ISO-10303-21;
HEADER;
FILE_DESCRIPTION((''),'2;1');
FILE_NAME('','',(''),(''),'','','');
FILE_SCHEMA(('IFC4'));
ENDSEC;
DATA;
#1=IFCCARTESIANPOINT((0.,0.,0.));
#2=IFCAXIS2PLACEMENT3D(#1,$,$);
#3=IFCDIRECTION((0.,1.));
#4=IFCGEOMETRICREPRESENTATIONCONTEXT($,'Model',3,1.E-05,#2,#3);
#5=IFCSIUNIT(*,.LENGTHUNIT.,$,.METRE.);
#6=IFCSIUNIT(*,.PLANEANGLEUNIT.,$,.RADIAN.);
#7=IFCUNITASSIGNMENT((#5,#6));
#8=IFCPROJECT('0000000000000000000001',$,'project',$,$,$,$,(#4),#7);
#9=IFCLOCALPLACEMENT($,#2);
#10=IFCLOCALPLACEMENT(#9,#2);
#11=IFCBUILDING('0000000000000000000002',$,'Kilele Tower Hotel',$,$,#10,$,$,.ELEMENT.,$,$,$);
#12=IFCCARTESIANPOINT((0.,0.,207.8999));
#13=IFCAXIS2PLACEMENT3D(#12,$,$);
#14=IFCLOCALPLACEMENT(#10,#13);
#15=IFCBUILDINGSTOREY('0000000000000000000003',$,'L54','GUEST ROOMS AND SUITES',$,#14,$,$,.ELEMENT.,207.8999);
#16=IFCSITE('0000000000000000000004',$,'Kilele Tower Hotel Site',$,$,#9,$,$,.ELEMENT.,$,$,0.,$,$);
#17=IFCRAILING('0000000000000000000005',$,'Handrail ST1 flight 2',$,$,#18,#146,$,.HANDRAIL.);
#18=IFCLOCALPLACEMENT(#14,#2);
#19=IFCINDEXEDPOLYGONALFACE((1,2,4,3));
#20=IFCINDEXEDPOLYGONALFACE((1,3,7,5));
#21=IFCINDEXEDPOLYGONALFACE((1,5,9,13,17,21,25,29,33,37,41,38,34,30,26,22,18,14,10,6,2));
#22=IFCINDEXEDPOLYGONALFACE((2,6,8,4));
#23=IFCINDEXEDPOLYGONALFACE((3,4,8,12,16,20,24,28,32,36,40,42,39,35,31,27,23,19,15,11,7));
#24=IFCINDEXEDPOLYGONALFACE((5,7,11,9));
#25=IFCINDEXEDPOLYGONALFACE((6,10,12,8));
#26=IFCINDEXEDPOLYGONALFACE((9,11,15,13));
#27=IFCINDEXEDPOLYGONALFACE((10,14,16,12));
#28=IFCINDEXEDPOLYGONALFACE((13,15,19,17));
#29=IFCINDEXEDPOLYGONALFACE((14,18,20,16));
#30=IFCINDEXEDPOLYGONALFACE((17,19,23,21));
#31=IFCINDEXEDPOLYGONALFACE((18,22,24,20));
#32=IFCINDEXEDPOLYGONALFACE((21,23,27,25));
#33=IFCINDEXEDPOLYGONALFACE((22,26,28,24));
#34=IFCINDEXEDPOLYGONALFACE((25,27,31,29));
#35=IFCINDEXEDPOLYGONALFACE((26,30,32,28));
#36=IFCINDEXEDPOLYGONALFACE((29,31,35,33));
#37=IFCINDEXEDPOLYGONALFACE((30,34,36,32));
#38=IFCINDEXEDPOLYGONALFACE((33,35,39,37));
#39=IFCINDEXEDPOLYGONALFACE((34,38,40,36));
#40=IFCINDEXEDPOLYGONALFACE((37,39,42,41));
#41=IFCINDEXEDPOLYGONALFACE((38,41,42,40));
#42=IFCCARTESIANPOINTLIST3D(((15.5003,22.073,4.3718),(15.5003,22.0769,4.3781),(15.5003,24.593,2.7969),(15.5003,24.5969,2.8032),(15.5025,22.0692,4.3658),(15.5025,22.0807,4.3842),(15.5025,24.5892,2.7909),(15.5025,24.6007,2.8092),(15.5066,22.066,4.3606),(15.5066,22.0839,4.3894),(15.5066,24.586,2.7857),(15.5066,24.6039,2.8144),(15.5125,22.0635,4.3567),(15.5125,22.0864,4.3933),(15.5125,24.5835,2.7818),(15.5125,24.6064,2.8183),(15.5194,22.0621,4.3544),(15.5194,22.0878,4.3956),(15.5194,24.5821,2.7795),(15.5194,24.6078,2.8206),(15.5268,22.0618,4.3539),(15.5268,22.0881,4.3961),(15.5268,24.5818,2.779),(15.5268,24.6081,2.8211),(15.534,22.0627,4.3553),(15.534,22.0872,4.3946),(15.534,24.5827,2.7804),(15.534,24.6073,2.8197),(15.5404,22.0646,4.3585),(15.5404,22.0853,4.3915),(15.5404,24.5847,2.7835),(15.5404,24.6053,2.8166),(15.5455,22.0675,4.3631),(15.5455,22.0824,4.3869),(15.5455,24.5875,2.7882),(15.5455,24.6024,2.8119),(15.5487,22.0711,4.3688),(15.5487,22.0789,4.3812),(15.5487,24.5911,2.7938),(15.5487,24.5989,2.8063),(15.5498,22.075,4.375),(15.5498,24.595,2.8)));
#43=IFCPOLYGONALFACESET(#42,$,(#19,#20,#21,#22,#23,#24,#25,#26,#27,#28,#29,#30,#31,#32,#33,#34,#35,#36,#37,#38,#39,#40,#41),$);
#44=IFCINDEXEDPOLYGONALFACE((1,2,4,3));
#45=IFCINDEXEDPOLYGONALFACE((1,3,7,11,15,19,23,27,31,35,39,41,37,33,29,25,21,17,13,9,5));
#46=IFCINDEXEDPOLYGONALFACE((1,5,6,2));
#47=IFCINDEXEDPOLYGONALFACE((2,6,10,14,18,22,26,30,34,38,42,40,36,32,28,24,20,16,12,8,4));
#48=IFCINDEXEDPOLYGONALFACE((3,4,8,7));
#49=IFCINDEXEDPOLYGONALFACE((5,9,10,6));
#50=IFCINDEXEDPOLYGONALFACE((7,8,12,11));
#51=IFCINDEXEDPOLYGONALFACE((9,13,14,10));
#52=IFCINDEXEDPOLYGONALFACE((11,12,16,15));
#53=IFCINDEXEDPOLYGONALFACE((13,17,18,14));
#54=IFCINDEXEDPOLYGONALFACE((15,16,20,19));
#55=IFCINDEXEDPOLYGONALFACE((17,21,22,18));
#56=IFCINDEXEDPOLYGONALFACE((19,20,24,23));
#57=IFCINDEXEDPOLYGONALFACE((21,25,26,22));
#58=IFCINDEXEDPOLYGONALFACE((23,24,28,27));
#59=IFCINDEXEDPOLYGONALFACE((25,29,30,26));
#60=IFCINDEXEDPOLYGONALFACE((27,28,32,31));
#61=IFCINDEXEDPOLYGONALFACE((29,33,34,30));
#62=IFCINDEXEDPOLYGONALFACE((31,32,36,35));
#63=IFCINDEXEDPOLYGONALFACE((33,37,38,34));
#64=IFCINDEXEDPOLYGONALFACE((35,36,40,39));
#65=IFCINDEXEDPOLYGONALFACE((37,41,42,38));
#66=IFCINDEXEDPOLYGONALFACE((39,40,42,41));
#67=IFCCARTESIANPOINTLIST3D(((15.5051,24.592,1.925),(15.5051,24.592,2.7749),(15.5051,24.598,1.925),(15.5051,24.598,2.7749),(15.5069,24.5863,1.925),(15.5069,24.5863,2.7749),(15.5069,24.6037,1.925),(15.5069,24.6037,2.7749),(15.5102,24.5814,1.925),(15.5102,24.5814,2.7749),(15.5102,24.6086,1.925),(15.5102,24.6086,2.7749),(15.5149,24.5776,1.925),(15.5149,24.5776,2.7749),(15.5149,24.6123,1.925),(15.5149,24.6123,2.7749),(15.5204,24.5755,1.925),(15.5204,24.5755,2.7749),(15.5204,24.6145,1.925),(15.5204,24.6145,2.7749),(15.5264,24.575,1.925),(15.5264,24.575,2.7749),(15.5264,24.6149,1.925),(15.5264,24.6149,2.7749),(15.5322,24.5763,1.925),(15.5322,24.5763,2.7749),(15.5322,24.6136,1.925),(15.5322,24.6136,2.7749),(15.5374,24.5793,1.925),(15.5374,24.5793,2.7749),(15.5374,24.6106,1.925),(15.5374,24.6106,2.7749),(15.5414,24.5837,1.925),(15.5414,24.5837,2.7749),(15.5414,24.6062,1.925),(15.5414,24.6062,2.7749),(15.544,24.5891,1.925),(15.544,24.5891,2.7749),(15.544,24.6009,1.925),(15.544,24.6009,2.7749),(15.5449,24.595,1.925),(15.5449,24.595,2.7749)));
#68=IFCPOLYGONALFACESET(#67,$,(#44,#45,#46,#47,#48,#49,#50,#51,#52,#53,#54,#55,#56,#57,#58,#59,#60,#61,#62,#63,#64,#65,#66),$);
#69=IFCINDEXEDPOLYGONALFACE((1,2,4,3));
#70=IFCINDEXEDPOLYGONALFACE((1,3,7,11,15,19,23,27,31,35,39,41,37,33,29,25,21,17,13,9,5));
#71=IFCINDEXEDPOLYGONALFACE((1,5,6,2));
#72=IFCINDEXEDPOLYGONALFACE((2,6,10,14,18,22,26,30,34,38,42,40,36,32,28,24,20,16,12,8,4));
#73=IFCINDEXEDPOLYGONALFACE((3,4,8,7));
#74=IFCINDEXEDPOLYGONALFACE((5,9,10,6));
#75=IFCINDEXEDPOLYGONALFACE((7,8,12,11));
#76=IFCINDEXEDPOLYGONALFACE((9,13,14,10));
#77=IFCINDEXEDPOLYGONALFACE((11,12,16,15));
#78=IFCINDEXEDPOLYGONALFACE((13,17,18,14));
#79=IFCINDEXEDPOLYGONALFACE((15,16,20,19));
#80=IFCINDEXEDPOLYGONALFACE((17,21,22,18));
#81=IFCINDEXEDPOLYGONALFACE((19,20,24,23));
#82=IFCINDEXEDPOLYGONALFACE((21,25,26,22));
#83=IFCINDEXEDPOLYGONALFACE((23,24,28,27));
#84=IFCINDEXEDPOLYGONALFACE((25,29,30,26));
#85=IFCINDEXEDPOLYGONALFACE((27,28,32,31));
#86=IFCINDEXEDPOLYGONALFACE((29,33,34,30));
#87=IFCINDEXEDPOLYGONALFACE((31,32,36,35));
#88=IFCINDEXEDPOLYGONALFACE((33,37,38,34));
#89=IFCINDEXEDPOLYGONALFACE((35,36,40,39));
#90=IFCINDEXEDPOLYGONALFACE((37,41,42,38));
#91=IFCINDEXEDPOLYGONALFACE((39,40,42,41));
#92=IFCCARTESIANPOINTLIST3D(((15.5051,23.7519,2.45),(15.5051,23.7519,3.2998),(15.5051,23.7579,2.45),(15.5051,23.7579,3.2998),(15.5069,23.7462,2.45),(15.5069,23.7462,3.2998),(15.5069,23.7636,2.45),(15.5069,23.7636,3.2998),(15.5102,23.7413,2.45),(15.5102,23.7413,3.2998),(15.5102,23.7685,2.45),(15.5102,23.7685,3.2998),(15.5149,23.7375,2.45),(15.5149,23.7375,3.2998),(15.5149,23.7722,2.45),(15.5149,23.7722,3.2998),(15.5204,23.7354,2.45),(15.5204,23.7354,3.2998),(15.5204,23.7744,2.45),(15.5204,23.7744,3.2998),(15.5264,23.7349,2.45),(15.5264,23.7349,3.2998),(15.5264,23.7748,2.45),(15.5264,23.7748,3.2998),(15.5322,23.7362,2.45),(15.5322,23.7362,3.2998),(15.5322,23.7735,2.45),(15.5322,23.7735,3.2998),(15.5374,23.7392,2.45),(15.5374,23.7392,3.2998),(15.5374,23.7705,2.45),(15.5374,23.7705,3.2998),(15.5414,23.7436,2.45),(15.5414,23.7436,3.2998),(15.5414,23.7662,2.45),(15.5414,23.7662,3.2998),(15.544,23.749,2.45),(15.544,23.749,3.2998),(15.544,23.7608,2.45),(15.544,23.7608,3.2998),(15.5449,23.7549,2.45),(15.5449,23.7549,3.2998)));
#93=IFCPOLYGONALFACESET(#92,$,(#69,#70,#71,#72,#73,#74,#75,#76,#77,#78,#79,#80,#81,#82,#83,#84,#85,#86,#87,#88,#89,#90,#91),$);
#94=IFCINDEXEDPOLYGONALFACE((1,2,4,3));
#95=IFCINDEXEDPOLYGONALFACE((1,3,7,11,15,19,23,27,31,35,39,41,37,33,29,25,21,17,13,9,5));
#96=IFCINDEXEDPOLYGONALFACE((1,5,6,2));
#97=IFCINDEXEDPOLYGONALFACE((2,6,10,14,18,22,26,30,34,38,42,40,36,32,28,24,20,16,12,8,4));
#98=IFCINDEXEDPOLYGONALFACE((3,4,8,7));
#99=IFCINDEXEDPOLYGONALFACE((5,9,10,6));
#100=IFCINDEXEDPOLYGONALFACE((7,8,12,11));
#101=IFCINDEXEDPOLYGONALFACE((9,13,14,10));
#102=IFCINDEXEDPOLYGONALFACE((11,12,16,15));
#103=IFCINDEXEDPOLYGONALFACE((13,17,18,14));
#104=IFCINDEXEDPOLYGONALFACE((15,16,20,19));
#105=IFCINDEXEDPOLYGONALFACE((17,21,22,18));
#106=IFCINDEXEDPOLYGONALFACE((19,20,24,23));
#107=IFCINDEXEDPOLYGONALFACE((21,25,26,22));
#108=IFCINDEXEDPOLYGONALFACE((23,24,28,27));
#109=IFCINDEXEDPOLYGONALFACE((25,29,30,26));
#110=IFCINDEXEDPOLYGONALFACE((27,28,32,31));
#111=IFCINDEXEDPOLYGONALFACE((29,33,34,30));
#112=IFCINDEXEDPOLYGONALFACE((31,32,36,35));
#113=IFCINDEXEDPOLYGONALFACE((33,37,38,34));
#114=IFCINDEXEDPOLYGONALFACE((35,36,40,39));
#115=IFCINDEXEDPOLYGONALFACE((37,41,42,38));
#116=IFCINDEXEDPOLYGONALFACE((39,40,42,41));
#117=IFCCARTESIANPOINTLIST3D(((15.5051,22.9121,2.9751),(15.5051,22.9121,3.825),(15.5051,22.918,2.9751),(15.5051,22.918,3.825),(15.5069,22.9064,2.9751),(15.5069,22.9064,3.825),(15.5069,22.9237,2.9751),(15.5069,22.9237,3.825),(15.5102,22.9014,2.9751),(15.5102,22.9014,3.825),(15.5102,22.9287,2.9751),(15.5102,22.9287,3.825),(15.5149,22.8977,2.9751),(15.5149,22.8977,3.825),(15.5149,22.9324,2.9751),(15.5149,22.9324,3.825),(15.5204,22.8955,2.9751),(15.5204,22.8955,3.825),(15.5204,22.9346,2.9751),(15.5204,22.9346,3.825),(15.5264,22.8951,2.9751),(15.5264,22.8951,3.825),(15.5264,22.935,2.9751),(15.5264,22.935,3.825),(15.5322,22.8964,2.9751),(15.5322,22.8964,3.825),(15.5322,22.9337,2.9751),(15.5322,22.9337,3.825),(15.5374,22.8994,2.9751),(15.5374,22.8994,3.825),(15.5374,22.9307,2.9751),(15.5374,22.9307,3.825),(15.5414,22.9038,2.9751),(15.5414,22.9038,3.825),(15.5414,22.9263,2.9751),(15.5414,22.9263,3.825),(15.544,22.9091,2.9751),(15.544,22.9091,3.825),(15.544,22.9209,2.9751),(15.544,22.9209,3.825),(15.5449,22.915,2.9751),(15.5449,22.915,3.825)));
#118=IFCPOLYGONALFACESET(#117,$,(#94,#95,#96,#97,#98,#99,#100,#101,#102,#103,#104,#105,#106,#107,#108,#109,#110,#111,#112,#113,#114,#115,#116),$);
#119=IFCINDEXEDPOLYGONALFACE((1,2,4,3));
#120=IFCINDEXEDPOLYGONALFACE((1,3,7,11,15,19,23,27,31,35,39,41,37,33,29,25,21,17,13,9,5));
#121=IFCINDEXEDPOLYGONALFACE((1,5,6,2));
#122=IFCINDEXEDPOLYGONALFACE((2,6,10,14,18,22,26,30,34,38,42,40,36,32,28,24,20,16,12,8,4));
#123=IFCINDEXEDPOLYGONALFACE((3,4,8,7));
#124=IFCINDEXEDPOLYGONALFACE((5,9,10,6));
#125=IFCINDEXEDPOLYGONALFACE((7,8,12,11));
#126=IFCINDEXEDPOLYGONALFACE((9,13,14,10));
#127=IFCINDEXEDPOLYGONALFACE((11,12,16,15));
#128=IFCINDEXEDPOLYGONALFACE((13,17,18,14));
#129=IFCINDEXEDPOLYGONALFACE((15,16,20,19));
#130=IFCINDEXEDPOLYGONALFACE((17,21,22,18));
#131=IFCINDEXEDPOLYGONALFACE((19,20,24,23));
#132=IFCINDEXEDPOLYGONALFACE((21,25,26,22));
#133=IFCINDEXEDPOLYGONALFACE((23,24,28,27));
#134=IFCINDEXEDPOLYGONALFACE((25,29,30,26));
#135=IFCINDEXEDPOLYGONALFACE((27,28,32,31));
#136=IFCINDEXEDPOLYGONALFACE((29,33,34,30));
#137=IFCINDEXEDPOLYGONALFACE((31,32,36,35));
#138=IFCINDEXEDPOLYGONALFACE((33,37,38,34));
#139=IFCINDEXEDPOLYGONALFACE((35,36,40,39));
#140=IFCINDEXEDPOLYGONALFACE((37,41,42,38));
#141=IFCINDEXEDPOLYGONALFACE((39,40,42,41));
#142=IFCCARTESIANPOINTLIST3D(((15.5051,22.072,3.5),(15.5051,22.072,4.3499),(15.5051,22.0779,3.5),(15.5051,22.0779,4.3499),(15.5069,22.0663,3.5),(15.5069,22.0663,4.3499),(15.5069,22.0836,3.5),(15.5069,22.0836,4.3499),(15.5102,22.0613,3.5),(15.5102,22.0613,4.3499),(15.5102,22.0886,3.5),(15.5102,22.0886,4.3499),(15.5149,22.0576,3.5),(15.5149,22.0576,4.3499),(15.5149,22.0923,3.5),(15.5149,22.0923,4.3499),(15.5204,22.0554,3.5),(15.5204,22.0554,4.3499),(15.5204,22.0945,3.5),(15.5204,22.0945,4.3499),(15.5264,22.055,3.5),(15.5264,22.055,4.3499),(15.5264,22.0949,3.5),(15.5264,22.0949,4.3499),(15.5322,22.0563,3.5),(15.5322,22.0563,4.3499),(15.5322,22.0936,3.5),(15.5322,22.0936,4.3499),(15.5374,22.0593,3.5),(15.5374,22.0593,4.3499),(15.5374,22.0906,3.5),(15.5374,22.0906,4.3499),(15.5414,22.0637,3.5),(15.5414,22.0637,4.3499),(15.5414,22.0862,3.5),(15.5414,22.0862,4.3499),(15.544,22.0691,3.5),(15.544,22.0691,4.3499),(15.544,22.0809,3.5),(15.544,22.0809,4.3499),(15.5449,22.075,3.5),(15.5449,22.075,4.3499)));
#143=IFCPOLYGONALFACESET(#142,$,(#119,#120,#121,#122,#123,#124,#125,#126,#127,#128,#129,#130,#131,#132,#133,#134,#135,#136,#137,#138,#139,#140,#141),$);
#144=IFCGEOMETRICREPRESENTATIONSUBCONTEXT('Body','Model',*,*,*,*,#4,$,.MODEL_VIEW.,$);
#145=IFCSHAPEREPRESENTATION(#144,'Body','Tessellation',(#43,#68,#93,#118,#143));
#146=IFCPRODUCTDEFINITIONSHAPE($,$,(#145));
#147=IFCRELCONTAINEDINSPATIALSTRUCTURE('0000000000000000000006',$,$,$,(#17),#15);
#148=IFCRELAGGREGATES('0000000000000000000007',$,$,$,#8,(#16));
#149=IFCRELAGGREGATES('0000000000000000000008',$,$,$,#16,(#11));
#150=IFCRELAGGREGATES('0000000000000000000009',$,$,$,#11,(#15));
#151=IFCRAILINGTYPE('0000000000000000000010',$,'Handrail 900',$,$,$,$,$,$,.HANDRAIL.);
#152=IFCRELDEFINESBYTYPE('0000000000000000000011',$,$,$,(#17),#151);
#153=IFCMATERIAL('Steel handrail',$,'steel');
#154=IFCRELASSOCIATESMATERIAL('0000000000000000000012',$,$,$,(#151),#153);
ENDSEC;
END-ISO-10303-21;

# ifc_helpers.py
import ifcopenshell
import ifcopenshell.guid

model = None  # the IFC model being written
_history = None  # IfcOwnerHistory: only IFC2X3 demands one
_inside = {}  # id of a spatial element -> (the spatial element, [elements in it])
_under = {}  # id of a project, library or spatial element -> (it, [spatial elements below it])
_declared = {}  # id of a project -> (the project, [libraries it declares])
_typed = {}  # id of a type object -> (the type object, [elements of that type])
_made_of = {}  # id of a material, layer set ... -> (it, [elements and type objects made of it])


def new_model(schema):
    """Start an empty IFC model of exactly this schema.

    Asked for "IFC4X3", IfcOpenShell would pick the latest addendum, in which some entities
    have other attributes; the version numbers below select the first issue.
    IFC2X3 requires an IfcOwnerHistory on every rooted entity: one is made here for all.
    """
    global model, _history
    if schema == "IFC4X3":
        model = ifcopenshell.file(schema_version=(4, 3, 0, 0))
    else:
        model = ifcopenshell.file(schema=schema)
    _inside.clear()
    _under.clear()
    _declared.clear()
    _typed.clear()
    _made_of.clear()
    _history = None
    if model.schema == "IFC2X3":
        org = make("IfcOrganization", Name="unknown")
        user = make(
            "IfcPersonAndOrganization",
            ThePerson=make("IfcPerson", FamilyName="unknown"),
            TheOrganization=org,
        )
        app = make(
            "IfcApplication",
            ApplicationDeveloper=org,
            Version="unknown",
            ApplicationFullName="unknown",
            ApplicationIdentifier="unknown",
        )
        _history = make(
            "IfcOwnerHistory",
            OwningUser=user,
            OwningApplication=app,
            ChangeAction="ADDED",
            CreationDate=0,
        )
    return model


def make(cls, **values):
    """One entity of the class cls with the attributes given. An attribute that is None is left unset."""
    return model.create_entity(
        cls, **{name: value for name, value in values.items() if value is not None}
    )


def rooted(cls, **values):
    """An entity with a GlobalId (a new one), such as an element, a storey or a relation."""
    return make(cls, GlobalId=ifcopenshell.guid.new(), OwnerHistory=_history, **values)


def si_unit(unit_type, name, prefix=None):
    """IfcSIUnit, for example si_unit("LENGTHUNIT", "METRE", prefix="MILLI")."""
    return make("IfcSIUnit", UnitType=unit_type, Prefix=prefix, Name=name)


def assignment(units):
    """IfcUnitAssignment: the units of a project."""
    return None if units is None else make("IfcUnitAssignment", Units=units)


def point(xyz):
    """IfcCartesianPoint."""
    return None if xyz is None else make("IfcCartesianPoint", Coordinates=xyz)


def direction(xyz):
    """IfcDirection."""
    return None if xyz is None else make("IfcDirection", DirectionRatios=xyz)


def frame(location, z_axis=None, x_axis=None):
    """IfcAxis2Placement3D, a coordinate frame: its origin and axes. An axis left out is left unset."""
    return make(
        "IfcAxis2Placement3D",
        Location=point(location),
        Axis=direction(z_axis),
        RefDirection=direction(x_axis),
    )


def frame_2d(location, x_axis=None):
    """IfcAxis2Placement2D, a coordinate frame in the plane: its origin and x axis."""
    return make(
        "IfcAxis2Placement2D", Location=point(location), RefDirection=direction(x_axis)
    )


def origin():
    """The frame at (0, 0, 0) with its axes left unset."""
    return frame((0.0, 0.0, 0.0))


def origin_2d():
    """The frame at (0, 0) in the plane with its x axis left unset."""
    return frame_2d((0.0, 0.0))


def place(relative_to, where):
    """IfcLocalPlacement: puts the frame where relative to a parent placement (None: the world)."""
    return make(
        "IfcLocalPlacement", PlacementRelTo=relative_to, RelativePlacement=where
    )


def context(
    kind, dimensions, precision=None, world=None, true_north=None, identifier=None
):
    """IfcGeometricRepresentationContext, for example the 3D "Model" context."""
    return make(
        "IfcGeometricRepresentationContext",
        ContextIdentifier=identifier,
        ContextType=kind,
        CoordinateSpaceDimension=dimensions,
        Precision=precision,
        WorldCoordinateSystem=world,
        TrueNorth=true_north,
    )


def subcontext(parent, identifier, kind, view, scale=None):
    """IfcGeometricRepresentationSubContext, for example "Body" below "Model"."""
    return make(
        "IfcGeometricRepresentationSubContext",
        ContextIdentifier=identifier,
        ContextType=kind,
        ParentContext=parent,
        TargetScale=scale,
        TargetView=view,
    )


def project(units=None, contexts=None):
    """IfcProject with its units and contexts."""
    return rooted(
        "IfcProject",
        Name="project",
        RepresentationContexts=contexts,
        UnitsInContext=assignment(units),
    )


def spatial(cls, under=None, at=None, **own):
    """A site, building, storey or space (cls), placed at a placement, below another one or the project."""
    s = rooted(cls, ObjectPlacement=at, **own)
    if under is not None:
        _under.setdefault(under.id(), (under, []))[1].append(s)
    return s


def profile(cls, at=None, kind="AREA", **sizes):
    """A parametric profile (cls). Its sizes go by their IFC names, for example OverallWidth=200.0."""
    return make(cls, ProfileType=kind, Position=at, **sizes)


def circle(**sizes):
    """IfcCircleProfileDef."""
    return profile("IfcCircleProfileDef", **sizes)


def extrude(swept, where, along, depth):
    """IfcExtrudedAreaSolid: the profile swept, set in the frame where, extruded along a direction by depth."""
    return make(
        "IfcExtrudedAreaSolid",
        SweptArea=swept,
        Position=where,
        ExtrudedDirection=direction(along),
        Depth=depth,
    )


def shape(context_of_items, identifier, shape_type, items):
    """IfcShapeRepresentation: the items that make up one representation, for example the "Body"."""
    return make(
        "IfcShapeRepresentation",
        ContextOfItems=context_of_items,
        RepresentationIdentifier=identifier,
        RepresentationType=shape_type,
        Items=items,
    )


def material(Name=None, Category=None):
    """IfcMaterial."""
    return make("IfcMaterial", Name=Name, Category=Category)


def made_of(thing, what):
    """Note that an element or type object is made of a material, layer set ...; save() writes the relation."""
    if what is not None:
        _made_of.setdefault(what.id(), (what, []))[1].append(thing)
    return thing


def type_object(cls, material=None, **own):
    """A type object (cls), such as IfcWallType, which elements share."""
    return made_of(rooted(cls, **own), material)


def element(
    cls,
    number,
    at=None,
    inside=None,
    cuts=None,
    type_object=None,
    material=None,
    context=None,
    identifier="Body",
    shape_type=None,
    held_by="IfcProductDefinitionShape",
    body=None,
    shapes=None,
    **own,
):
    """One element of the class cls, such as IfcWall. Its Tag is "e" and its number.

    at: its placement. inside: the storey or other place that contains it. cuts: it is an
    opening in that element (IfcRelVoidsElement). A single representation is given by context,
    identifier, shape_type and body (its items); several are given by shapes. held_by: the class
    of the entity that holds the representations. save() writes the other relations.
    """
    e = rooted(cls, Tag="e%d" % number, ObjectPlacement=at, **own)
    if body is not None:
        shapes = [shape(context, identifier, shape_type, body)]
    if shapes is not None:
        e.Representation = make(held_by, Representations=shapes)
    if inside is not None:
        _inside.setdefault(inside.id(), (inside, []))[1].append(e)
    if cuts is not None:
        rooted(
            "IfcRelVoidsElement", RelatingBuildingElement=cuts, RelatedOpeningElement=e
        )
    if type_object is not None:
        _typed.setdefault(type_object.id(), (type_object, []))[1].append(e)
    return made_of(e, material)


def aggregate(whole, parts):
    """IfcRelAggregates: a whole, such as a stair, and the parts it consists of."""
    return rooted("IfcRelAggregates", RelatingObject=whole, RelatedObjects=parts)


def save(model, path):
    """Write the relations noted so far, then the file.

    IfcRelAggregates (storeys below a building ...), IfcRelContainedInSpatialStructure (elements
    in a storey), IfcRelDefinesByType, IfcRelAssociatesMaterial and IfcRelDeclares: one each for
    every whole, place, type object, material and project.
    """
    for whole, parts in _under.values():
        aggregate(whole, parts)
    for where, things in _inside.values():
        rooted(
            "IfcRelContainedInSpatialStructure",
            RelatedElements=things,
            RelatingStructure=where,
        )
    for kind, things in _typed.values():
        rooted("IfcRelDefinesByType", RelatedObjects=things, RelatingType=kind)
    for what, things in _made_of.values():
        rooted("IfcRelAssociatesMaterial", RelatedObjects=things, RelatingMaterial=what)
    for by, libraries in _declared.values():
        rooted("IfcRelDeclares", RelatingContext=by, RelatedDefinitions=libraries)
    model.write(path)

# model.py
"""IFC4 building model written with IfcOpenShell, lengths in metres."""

from ifc_helpers import new_model, si_unit, direction, frame, origin, origin_2d, place, context, subcontext, project, spatial, circle, extrude, material, type_object, element, save


model = new_model("IFC4")

# Units and contexts
model_context = context("Model", 3, precision=1e-05, world=origin(), true_north=direction((0.0, 1.0)))
body_context = subcontext(model_context, "Body", "Model", "MODEL_VIEW")
ifc_project = project(units=[si_unit("LENGTHUNIT", "METRE"), si_unit("PLANEANGLEUNIT", "RADIAN")], contexts=[model_context])

# Site, building, storey
site_placement = place(None, origin())
site = spatial("IfcSite", under=ifc_project, at=site_placement, Name="Kilele Tower Hotel Site", CompositionType="ELEMENT", RefElevation=0.0)
building_placement = place(site_placement, origin())
building = spatial("IfcBuilding", under=site, at=building_placement, Name="Kilele Tower Hotel", CompositionType="ELEMENT")
storey_placement = place(building_placement, frame((0.0, 0.0, 207.8999)))
storey = spatial("IfcBuildingStorey", under=building, at=storey_placement, Name="L54", Description="GUEST ROOMS AND SUITES", CompositionType="ELEMENT", Elevation=207.8999)

# Railing
ifc_material_1 = material(Name="Steel handrail", Category="steel")
railing_type_1 = type_object("IfcRailingType", Name="Handrail 900", PredefinedType="HANDRAIL", material=ifc_material_1)
for number, where, name in (
    (1, (15.5249, 24.595, 1.925), "Handrail ST1 flight 2"),
):
    element("IfcRailing", number, at=place(storey_placement, frame(where)), inside=storey, type_object=railing_type_1, Name=name, PredefinedType="HANDRAIL", context=body_context, shape_type="SweptSolid", body=[
        extrude(circle(Radius=0.0249, at=origin_2d()), frame((0.0, 0.0, 0.875), z_axis=(0.0, -0.848008, 0.529984), x_axis=(1.0, 0.0, 0.0)), (0.0, 0.0, 1.0), 2.9717),
        extrude(circle(Radius=0.02, at=origin_2d()), origin(), (0.0, 0.0, 1.0), 0.8499),
        extrude(circle(Radius=0.02, at=origin_2d()), frame((0.0, -0.8401, 0.5249)), (0.0, 0.0, 1.0), 0.8499),
        extrude(circle(Radius=0.02, at=origin_2d()), frame((0.0, -1.6799, 1.05)), (0.0, 0.0, 1.0), 0.8499),
        extrude(circle(Radius=0.02, at=origin_2d()), frame((0.0, -2.52, 1.575)), (0.0, 0.0, 1.0), 0.8499),
    ])

save(model, "model.ifc")
